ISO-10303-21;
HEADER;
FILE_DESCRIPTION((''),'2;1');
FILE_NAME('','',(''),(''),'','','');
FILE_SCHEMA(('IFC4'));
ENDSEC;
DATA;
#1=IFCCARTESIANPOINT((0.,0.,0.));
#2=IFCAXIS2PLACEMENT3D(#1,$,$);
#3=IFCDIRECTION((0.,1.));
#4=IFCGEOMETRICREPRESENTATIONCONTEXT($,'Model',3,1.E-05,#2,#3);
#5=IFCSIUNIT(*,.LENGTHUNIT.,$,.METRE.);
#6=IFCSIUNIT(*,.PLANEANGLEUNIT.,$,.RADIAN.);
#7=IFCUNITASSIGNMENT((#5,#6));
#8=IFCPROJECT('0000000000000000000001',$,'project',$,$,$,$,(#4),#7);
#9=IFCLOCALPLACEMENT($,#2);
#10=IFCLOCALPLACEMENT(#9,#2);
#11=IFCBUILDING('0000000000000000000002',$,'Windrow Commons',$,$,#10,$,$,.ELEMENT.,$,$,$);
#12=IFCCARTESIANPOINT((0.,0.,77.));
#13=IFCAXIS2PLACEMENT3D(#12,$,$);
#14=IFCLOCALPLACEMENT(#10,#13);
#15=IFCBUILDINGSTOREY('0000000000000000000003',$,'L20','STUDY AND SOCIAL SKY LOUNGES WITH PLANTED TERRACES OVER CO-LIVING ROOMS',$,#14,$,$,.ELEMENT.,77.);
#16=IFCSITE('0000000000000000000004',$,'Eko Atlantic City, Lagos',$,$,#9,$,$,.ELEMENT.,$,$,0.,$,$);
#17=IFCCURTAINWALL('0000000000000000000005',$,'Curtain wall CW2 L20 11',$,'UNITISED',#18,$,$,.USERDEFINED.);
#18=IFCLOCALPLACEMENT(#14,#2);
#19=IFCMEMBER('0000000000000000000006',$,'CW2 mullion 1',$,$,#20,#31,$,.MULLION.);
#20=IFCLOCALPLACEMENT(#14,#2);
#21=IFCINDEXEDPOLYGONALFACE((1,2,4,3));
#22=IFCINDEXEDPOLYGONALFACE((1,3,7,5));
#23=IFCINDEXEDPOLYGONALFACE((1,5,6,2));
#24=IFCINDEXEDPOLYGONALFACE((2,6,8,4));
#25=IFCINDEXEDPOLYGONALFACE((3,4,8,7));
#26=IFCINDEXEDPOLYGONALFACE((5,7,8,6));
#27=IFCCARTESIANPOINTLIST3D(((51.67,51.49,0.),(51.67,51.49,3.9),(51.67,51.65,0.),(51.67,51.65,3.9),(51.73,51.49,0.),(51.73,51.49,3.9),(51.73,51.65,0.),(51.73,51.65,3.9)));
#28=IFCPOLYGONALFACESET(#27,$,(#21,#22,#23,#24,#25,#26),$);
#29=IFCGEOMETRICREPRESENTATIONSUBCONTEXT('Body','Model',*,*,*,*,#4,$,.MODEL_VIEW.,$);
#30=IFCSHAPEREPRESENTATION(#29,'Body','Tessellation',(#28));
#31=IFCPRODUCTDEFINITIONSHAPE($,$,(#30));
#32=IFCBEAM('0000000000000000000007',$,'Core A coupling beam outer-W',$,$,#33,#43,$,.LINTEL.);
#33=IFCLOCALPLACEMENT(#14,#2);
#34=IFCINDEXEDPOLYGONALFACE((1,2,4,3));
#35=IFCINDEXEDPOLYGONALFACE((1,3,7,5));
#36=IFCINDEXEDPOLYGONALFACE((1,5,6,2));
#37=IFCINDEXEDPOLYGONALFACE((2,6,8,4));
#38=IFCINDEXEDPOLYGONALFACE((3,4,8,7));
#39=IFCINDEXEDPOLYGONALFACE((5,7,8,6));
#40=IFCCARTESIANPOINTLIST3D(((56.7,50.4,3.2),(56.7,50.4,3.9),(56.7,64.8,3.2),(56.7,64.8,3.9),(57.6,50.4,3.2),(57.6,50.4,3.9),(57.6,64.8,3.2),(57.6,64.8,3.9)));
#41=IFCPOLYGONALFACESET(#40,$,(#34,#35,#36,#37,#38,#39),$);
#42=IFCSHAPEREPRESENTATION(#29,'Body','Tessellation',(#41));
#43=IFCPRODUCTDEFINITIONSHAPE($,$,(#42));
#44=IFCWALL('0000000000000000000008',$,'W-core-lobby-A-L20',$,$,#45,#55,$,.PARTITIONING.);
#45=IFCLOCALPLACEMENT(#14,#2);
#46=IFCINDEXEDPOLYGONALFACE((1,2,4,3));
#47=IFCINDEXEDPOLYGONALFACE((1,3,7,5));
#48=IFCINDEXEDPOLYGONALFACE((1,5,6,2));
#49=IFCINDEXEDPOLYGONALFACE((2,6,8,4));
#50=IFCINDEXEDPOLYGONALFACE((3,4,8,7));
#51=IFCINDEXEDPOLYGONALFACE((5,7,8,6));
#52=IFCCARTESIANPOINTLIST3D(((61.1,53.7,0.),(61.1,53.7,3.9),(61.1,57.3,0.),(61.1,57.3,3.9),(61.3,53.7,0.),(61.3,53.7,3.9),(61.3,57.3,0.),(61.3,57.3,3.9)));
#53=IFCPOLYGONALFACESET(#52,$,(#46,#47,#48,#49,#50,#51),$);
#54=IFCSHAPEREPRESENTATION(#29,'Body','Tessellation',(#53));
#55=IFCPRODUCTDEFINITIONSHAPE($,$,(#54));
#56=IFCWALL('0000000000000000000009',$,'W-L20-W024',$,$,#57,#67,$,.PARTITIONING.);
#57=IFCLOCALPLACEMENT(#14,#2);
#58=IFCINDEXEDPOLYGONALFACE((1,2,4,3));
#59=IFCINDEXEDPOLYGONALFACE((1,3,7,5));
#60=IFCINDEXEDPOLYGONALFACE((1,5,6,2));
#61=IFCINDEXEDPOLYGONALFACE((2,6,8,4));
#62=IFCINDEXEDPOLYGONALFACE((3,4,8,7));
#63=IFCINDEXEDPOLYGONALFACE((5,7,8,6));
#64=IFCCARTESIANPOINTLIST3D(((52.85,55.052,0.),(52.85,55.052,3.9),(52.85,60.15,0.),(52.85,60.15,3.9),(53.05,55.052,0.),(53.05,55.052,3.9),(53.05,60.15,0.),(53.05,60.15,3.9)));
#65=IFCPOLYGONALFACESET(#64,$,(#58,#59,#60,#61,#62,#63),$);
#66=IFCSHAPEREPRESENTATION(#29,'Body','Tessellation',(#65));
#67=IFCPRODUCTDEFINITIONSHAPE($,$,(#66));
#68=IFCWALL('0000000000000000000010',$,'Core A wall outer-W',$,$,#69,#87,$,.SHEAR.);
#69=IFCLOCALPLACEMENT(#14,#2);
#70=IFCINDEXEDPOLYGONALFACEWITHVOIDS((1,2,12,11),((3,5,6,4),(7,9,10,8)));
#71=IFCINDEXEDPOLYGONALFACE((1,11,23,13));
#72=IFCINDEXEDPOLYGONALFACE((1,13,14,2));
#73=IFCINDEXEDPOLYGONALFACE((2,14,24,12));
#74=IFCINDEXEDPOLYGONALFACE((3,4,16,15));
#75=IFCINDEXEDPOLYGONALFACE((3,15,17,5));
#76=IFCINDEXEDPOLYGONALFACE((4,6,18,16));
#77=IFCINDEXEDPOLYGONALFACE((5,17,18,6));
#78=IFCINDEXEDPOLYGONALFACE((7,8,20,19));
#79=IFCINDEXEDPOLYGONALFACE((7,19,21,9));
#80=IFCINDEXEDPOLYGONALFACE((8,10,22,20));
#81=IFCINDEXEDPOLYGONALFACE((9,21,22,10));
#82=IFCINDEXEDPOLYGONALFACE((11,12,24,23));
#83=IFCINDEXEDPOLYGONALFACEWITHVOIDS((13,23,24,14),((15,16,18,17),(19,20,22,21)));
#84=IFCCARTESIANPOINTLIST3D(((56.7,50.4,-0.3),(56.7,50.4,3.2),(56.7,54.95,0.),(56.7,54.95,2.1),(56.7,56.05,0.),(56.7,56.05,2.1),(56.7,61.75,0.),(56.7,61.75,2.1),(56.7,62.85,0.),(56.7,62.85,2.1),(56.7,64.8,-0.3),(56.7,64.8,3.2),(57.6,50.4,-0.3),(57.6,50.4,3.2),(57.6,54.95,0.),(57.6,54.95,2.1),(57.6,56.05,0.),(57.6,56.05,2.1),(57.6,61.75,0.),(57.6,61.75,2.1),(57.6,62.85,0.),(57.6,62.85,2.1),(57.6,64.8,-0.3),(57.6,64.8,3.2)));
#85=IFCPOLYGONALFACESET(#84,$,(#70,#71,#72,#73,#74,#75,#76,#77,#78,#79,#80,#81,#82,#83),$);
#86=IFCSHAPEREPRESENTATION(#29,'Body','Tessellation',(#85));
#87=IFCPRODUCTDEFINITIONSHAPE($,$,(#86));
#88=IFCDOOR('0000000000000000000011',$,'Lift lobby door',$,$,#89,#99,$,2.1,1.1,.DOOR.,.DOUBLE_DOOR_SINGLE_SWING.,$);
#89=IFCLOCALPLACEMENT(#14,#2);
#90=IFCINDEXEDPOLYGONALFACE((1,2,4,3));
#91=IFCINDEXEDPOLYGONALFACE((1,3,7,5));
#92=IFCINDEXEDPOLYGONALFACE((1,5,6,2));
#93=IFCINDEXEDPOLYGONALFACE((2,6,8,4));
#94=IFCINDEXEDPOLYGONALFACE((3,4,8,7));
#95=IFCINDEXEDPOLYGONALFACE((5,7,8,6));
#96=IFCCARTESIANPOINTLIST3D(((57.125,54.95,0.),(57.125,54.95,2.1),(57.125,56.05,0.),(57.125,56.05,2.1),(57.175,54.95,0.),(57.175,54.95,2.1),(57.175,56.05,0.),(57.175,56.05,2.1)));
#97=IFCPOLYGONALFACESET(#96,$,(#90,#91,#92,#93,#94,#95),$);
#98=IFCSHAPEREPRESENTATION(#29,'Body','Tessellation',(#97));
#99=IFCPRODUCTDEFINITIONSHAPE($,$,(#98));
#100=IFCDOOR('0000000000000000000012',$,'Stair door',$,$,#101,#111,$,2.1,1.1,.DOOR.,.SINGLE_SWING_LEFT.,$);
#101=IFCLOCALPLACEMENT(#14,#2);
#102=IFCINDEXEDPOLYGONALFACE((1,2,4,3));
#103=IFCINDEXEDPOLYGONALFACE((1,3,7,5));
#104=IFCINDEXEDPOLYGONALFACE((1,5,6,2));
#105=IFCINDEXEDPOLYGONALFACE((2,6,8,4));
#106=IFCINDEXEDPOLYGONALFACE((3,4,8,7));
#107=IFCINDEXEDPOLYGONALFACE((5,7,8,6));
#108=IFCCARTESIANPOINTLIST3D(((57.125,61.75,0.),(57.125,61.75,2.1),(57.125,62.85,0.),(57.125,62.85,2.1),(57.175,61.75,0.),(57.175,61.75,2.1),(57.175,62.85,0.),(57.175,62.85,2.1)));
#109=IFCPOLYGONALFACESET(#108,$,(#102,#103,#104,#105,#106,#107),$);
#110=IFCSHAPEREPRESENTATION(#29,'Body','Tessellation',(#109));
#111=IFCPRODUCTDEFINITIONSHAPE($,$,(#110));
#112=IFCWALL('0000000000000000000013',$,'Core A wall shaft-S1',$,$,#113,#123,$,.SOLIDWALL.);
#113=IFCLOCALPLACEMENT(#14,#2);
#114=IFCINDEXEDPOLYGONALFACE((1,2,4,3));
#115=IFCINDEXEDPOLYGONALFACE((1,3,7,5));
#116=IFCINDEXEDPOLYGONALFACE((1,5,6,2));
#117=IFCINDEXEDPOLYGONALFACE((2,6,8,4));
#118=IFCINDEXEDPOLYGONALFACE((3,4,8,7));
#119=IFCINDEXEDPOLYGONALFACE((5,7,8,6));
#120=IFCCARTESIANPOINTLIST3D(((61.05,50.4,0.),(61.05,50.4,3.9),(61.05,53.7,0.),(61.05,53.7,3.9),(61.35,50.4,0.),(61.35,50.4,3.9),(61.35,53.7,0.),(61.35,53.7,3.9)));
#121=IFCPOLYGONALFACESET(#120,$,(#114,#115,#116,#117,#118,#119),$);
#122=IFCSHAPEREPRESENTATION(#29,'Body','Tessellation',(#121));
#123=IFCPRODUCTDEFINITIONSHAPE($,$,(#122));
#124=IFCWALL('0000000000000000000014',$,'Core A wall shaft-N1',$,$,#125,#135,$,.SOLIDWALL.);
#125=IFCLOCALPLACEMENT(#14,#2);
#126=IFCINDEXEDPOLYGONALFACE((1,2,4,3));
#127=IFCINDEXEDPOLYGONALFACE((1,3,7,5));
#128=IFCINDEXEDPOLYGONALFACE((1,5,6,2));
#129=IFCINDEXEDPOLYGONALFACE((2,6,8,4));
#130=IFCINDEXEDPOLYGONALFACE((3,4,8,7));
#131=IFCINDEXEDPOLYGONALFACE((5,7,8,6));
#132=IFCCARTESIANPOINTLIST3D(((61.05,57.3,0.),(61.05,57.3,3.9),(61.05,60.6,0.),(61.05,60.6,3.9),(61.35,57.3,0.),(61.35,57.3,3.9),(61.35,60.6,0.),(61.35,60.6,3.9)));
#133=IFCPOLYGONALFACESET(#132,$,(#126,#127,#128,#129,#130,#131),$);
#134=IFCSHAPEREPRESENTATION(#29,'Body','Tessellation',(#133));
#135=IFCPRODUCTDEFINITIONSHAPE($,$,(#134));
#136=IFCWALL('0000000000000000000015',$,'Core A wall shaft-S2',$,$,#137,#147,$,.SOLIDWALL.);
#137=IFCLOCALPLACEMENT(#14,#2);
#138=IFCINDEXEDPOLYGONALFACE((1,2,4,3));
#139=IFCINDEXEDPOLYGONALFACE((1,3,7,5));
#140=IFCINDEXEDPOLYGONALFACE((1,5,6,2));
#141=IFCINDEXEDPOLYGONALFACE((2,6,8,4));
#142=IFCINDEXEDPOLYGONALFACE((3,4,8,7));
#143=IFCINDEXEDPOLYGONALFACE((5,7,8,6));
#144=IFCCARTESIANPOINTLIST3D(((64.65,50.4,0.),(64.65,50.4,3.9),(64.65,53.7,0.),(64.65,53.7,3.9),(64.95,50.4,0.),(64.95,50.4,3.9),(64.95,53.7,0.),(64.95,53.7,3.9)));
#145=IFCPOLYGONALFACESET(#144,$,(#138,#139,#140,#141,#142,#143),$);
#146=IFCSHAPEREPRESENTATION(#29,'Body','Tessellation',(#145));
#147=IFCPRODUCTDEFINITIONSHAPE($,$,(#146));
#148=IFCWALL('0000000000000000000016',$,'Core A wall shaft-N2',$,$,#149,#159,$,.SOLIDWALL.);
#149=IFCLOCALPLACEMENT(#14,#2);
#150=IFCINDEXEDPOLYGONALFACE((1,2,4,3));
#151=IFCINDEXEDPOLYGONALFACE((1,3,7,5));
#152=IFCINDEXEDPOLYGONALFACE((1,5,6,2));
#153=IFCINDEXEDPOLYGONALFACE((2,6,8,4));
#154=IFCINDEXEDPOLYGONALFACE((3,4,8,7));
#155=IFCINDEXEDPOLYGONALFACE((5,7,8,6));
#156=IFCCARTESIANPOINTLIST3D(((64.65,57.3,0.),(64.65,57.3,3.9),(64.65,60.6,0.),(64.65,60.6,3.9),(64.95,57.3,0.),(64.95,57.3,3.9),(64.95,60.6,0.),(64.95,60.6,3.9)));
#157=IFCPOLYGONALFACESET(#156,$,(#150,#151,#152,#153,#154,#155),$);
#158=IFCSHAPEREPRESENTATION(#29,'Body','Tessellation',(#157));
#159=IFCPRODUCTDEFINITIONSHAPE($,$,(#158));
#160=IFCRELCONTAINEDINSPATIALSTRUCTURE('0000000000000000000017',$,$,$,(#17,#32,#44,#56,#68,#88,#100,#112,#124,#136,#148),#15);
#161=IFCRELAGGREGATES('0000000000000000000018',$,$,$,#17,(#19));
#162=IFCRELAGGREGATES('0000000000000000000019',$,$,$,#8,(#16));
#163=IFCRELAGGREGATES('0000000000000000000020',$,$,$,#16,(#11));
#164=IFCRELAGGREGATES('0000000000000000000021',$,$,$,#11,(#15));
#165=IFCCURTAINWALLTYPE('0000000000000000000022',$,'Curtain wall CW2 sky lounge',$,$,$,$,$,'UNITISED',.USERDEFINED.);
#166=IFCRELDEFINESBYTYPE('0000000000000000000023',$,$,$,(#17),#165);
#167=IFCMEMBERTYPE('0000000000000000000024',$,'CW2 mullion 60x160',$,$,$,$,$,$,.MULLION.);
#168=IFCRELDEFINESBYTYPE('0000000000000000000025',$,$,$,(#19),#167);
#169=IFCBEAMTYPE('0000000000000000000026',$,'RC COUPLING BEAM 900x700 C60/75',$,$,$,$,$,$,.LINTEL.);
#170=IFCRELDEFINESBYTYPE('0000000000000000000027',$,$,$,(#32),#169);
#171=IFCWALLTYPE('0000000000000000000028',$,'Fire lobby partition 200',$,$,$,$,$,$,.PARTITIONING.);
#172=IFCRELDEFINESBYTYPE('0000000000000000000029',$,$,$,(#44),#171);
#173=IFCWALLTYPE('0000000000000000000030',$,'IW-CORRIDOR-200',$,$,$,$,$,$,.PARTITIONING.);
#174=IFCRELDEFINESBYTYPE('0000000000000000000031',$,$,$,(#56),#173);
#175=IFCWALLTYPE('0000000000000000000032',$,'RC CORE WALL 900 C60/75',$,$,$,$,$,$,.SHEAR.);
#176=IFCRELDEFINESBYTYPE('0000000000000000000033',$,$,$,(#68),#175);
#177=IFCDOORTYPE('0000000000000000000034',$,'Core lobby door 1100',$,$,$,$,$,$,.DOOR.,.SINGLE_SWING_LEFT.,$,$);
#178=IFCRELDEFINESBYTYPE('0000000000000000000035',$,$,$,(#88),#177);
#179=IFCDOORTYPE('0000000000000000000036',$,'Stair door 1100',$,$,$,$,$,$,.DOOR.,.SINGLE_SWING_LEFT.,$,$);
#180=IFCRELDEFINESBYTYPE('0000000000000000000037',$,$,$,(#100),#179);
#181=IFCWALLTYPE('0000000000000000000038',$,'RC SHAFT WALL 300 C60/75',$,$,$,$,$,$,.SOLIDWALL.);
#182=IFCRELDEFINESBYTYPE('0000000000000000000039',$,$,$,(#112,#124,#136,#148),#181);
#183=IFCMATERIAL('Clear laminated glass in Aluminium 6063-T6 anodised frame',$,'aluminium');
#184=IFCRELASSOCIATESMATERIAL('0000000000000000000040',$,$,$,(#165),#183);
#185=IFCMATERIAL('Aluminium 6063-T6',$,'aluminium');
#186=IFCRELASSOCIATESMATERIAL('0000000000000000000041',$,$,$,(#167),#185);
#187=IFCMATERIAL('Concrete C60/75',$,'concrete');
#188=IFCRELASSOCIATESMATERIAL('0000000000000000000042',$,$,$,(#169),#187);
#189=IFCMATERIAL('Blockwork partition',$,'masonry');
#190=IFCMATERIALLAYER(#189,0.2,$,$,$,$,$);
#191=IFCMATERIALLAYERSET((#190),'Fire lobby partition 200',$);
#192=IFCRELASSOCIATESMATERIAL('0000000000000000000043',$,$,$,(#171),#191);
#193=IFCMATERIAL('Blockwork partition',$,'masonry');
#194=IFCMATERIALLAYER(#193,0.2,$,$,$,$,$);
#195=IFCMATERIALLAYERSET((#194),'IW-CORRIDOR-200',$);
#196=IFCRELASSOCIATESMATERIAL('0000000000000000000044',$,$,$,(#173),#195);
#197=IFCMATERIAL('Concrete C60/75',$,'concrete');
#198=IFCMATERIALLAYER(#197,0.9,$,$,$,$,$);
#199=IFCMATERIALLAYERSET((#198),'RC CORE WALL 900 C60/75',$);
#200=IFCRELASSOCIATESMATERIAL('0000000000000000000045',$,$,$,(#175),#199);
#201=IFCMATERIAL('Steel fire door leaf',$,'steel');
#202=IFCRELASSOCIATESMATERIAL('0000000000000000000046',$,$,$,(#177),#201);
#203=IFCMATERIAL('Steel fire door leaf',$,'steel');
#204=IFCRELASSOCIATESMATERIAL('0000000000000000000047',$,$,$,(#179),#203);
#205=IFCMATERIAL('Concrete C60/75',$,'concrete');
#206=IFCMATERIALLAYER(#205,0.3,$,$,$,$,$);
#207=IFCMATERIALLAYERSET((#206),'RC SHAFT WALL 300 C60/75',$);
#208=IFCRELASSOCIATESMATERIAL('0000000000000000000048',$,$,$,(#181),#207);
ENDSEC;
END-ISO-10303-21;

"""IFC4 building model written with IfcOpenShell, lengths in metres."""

from ifc_helpers import new_model, si_unit, direction, frame, frame_2d, origin, origin_2d, place, context, subcontext, project, spatial, rectangle, extrude, material, layer, layer_set, material_profile, profile_set, type_object, element, fill, aggregate, save


model = new_model("IFC4")

# Units and contexts
model_context = context("Model", 3, precision=1e-05, world=origin(), true_north=direction((0.0, 1.0)))
body_context = subcontext(model_context, "Body", "Model", "MODEL_VIEW")
ifc_project = project(units=[si_unit("LENGTHUNIT", "METRE"), si_unit("PLANEANGLEUNIT", "RADIAN")], contexts=[model_context])

# Site, building, storey
site_placement = place(None, origin())
site = spatial("IfcSite", under=ifc_project, at=site_placement, Name="Eko Atlantic City, Lagos", CompositionType="ELEMENT", RefElevation=0.0)
building_placement = place(site_placement, origin())
building = spatial("IfcBuilding", under=site, at=building_placement, Name="Windrow Commons", CompositionType="ELEMENT")
storey_placement = place(building_placement, frame((0.0, 0.0, 77.0)))
storey = spatial("IfcBuildingStorey", under=building, at=storey_placement, Name="L20", Description="STUDY AND SOCIAL SKY LOUNGES WITH PLANTED TERRACES OVER CO-LIVING ROOMS", CompositionType="ELEMENT", Elevation=77.0)

# Curtain wall, member
ifc_material_1 = material(Name="Clear laminated glass in Aluminium 6063-T6 anodised frame", Category="aluminium")
curtain_wall_type = type_object("IfcCurtainWallType", Name="Curtain wall CW2 sky lounge", ElementType="UNITISED", PredefinedType="USERDEFINED", material=ifc_material_1)
curtain_wall_placement = place(storey_placement, origin())
curtain_wall = element("IfcCurtainWall", 1, at=curtain_wall_placement, inside=storey, type_object=curtain_wall_type, Name="Curtain wall CW2 L20 11", ObjectType="UNITISED", PredefinedType="USERDEFINED")
ifc_material_2 = material(Name="Aluminium 6063-T6", Category="aluminium")
ifc_material_profile_1 = material_profile(ifc_material_2, rectangle(XDim=0.06, YDim=0.16, at=origin_2d()))
ifc_profile_set_1 = profile_set([ifc_material_profile_1], Name="Aluminium 6063-T6")
member_type = type_object("IfcMemberType", Name="CW2 mullion 60x160", PredefinedType="MULLION", material=ifc_profile_set_1)
member_placement = place(storey_placement, frame((51.7, 51.57, 0.0), z_axis=(0.0, 0.0, 1.0), x_axis=(1.0, 0.0, 0.0)))
member = element("IfcMember", 2, at=member_placement, type_object=member_type, Name="CW2 mullion 1", PredefinedType="MULLION", context=body_context, shape_type="SweptSolid", body=[
    extrude(rectangle(XDim=0.06, YDim=0.16, at=origin_2d()), origin(), (0.0, 0.0, 1.0), 3.9),
])
aggregate(curtain_wall, [member])

# Beam
ifc_material_3 = material(Name="Concrete C60/75", Category="concrete")
ifc_material_profile_2 = material_profile(ifc_material_3, rectangle(XDim=0.9, YDim=0.7, at=origin_2d()))
ifc_profile_set_2 = profile_set([ifc_material_profile_2], Name="Concrete C60/75")
beam_type = type_object("IfcBeamType", Name="RC COUPLING BEAM 900x700 C60/75", PredefinedType="LINTEL", material=ifc_profile_set_2)
beam_placement = place(storey_placement, frame((57.15, 50.4, 3.55), z_axis=(0.0, 1.0, 0.0), x_axis=(-1.0, 0.0, 0.0)))
element("IfcBeam", 3, at=beam_placement, inside=storey, type_object=beam_type, Name="Core A coupling beam outer-W", PredefinedType="LINTEL", context=body_context, shape_type="SweptSolid", body=[
    extrude(rectangle(XDim=0.9, YDim=0.7, at=origin_2d()), origin(), (0.0, 0.0, 1.0), 14.4),
])

# Walls
ifc_material_4 = material(Name="Blockwork partition", Category="masonry")
ifc_layer_1 = layer(ifc_material_4, 0.2)
ifc_layer_set_1 = layer_set([ifc_layer_1], Name="Fire lobby partition 200")
wall_type_1 = type_object("IfcWallType", Name="Fire lobby partition 200", PredefinedType="PARTITIONING", material=ifc_layer_set_1)
wall_1_placement = place(storey_placement, frame((61.2, 53.7, 0.0), z_axis=(0.0, 0.0, 1.0), x_axis=(0.0, 1.0, 0.0)))
element("IfcWall", 4, at=wall_1_placement, inside=storey, type_object=wall_type_1, Name="W-core-lobby-A-L20", PredefinedType="PARTITIONING", context=body_context, shape_type="SweptSolid", body=[
    extrude(rectangle(XDim=3.6, YDim=0.2, at=frame_2d((1.8, 0.0))), origin(), (0.0, 0.0, 1.0), 3.9),
])
ifc_material_5 = material(Name="Blockwork partition", Category="masonry")
ifc_layer_2 = layer(ifc_material_5, 0.2)
ifc_layer_set_2 = layer_set([ifc_layer_2], Name="IW-CORRIDOR-200")
wall_type_2 = type_object("IfcWallType", Name="IW-CORRIDOR-200", PredefinedType="PARTITIONING", material=ifc_layer_set_2)
wall_2_placement = place(storey_placement, frame((52.95, 55.052, 0.0), z_axis=(0.0, 0.0, 1.0), x_axis=(0.0, 1.0, 0.0)))
element("IfcWall", 5, at=wall_2_placement, inside=storey, type_object=wall_type_2, Name="W-L20-W024", PredefinedType="PARTITIONING", context=body_context, shape_type="SweptSolid", body=[
    extrude(rectangle(XDim=5.098, YDim=0.2, at=frame_2d((2.549, 0.0))), origin(), (0.0, 0.0, 1.0), 3.9),
])

# Wall, openings, doors
ifc_material_6 = material(Name="Concrete C60/75", Category="concrete")
ifc_layer_3 = layer(ifc_material_6, 0.9)
ifc_layer_set_3 = layer_set([ifc_layer_3], Name="RC CORE WALL 900 C60/75")
wall_type_3 = type_object("IfcWallType", Name="RC CORE WALL 900 C60/75", PredefinedType="SHEAR", material=ifc_layer_set_3)
wall_3_placement = place(storey_placement, frame((57.15, 50.4, -0.3), z_axis=(0.0, 0.0, 1.0), x_axis=(0.0, 1.0, 0.0)))
wall_3 = element("IfcWall", 6, at=wall_3_placement, inside=storey, type_object=wall_type_3, Name="Core A wall outer-W", PredefinedType="SHEAR", context=body_context, shape_type="SweptSolid", body=[
    extrude(rectangle(XDim=14.4, YDim=0.9, at=frame_2d((7.2, 0.0))), origin(), (0.0, 0.0, 1.0), 3.5),
])
opening_1_placement = place(wall_3_placement, frame((4.55, 0.0, 0.3)))
opening_1 = element("IfcOpeningElement", 7, at=opening_1_placement, cuts=wall_3, PredefinedType="OPENING", context=body_context, shape_type="SweptSolid", body=[
    extrude(rectangle(XDim=1.1, YDim=2.1, at=frame_2d((0.55, 1.05))), frame((0.0, 0.46, 0.0), z_axis=(0.0, -1.0, 0.0), x_axis=(1.0, 0.0, 0.0)), (0.0, 0.0, 1.0), 0.92),
])
opening_2_placement = place(wall_3_placement, frame((11.35, 0.0, 0.3)))
opening_2 = element("IfcOpeningElement", 8, at=opening_2_placement, cuts=wall_3, PredefinedType="OPENING", context=body_context, shape_type="SweptSolid", body=[
    extrude(rectangle(XDim=1.1, YDim=2.1, at=frame_2d((0.55, 1.05))), frame((0.0, 0.46, 0.0), z_axis=(0.0, -1.0, 0.0), x_axis=(1.0, 0.0, 0.0)), (0.0, 0.0, 1.0), 0.92),
])
ifc_material_7 = material(Name="Steel fire door leaf", Category="steel")
door_type_1 = type_object("IfcDoorType", Name="Core lobby door 1100", OperationType="SINGLE_SWING_LEFT", PredefinedType="DOOR", material=ifc_material_7)
door_1_placement = place(opening_1_placement, origin())
door_1 = element("IfcDoor", 9, at=door_1_placement, inside=storey, type_object=door_type_1, Name="Lift lobby door", OperationType="DOUBLE_DOOR_SINGLE_SWING", OverallHeight=2.1, OverallWidth=1.1, PredefinedType="DOOR", context=body_context, shape_type="SweptSolid", body=[
    extrude(rectangle(XDim=1.1, YDim=2.1, at=frame_2d((0.55, 1.05))), frame((0.0, 0.025, 0.0), z_axis=(0.0, -1.0, 0.0), x_axis=(1.0, 0.0, 0.0)), (0.0, 0.0, 1.0), 0.05),
])
fill(opening_1, door_1)
ifc_material_8 = material(Name="Steel fire door leaf", Category="steel")
door_type_2 = type_object("IfcDoorType", Name="Stair door 1100", OperationType="SINGLE_SWING_LEFT", PredefinedType="DOOR", material=ifc_material_8)
door_2_placement = place(opening_2_placement, origin())
door_2 = element("IfcDoor", 10, at=door_2_placement, inside=storey, type_object=door_type_2, Name="Stair door", OperationType="SINGLE_SWING_LEFT", OverallHeight=2.1, OverallWidth=1.1, PredefinedType="DOOR", context=body_context, shape_type="SweptSolid", body=[
    extrude(rectangle(XDim=1.1, YDim=2.1, at=frame_2d((0.55, 1.05))), frame((0.0, 0.025, 0.0), z_axis=(0.0, -1.0, 0.0), x_axis=(1.0, 0.0, 0.0)), (0.0, 0.0, 1.0), 0.05),
])
fill(opening_2, door_2)

# Walls
ifc_material_9 = material(Name="Concrete C60/75", Category="concrete")
ifc_layer_4 = layer(ifc_material_9, 0.3)
ifc_layer_set_4 = layer_set([ifc_layer_4], Name="RC SHAFT WALL 300 C60/75")
wall_type_4 = type_object("IfcWallType", Name="RC SHAFT WALL 300 C60/75", PredefinedType="SOLIDWALL", material=ifc_layer_set_4)
for number, where, z_axis, x_axis, name in (
    (11, (61.2, 50.4, 0.0), (0.0, 0.0, 1.0), (0.0, 1.0, 0.0), "Core A wall shaft-S1"),
    (12, (61.2, 57.3, 0.0), (0.0, 0.0, 1.0), (0.0, 1.0, 0.0), "Core A wall shaft-N1"),
    (13, (64.8, 50.4, 0.0), (0.0, 0.0, 1.0), (0.0, 1.0, 0.0), "Core A wall shaft-S2"),
    (14, (64.8, 57.3, 0.0), (0.0, 0.0, 1.0), (0.0, 1.0, 0.0), "Core A wall shaft-N2"),
):
    element("IfcWall", number, at=place(storey_placement, frame(where, z_axis=z_axis, x_axis=x_axis)), inside=storey, type_object=wall_type_4, Name=name, PredefinedType="SOLIDWALL", context=body_context, shape_type="SweptSolid", body=[
        extrude(rectangle(XDim=3.3, YDim=0.3, at=frame_2d((1.65, 0.0))), origin(), (0.0, 0.0, 1.0), 3.9),
    ])

save(model, "model.ifc")
